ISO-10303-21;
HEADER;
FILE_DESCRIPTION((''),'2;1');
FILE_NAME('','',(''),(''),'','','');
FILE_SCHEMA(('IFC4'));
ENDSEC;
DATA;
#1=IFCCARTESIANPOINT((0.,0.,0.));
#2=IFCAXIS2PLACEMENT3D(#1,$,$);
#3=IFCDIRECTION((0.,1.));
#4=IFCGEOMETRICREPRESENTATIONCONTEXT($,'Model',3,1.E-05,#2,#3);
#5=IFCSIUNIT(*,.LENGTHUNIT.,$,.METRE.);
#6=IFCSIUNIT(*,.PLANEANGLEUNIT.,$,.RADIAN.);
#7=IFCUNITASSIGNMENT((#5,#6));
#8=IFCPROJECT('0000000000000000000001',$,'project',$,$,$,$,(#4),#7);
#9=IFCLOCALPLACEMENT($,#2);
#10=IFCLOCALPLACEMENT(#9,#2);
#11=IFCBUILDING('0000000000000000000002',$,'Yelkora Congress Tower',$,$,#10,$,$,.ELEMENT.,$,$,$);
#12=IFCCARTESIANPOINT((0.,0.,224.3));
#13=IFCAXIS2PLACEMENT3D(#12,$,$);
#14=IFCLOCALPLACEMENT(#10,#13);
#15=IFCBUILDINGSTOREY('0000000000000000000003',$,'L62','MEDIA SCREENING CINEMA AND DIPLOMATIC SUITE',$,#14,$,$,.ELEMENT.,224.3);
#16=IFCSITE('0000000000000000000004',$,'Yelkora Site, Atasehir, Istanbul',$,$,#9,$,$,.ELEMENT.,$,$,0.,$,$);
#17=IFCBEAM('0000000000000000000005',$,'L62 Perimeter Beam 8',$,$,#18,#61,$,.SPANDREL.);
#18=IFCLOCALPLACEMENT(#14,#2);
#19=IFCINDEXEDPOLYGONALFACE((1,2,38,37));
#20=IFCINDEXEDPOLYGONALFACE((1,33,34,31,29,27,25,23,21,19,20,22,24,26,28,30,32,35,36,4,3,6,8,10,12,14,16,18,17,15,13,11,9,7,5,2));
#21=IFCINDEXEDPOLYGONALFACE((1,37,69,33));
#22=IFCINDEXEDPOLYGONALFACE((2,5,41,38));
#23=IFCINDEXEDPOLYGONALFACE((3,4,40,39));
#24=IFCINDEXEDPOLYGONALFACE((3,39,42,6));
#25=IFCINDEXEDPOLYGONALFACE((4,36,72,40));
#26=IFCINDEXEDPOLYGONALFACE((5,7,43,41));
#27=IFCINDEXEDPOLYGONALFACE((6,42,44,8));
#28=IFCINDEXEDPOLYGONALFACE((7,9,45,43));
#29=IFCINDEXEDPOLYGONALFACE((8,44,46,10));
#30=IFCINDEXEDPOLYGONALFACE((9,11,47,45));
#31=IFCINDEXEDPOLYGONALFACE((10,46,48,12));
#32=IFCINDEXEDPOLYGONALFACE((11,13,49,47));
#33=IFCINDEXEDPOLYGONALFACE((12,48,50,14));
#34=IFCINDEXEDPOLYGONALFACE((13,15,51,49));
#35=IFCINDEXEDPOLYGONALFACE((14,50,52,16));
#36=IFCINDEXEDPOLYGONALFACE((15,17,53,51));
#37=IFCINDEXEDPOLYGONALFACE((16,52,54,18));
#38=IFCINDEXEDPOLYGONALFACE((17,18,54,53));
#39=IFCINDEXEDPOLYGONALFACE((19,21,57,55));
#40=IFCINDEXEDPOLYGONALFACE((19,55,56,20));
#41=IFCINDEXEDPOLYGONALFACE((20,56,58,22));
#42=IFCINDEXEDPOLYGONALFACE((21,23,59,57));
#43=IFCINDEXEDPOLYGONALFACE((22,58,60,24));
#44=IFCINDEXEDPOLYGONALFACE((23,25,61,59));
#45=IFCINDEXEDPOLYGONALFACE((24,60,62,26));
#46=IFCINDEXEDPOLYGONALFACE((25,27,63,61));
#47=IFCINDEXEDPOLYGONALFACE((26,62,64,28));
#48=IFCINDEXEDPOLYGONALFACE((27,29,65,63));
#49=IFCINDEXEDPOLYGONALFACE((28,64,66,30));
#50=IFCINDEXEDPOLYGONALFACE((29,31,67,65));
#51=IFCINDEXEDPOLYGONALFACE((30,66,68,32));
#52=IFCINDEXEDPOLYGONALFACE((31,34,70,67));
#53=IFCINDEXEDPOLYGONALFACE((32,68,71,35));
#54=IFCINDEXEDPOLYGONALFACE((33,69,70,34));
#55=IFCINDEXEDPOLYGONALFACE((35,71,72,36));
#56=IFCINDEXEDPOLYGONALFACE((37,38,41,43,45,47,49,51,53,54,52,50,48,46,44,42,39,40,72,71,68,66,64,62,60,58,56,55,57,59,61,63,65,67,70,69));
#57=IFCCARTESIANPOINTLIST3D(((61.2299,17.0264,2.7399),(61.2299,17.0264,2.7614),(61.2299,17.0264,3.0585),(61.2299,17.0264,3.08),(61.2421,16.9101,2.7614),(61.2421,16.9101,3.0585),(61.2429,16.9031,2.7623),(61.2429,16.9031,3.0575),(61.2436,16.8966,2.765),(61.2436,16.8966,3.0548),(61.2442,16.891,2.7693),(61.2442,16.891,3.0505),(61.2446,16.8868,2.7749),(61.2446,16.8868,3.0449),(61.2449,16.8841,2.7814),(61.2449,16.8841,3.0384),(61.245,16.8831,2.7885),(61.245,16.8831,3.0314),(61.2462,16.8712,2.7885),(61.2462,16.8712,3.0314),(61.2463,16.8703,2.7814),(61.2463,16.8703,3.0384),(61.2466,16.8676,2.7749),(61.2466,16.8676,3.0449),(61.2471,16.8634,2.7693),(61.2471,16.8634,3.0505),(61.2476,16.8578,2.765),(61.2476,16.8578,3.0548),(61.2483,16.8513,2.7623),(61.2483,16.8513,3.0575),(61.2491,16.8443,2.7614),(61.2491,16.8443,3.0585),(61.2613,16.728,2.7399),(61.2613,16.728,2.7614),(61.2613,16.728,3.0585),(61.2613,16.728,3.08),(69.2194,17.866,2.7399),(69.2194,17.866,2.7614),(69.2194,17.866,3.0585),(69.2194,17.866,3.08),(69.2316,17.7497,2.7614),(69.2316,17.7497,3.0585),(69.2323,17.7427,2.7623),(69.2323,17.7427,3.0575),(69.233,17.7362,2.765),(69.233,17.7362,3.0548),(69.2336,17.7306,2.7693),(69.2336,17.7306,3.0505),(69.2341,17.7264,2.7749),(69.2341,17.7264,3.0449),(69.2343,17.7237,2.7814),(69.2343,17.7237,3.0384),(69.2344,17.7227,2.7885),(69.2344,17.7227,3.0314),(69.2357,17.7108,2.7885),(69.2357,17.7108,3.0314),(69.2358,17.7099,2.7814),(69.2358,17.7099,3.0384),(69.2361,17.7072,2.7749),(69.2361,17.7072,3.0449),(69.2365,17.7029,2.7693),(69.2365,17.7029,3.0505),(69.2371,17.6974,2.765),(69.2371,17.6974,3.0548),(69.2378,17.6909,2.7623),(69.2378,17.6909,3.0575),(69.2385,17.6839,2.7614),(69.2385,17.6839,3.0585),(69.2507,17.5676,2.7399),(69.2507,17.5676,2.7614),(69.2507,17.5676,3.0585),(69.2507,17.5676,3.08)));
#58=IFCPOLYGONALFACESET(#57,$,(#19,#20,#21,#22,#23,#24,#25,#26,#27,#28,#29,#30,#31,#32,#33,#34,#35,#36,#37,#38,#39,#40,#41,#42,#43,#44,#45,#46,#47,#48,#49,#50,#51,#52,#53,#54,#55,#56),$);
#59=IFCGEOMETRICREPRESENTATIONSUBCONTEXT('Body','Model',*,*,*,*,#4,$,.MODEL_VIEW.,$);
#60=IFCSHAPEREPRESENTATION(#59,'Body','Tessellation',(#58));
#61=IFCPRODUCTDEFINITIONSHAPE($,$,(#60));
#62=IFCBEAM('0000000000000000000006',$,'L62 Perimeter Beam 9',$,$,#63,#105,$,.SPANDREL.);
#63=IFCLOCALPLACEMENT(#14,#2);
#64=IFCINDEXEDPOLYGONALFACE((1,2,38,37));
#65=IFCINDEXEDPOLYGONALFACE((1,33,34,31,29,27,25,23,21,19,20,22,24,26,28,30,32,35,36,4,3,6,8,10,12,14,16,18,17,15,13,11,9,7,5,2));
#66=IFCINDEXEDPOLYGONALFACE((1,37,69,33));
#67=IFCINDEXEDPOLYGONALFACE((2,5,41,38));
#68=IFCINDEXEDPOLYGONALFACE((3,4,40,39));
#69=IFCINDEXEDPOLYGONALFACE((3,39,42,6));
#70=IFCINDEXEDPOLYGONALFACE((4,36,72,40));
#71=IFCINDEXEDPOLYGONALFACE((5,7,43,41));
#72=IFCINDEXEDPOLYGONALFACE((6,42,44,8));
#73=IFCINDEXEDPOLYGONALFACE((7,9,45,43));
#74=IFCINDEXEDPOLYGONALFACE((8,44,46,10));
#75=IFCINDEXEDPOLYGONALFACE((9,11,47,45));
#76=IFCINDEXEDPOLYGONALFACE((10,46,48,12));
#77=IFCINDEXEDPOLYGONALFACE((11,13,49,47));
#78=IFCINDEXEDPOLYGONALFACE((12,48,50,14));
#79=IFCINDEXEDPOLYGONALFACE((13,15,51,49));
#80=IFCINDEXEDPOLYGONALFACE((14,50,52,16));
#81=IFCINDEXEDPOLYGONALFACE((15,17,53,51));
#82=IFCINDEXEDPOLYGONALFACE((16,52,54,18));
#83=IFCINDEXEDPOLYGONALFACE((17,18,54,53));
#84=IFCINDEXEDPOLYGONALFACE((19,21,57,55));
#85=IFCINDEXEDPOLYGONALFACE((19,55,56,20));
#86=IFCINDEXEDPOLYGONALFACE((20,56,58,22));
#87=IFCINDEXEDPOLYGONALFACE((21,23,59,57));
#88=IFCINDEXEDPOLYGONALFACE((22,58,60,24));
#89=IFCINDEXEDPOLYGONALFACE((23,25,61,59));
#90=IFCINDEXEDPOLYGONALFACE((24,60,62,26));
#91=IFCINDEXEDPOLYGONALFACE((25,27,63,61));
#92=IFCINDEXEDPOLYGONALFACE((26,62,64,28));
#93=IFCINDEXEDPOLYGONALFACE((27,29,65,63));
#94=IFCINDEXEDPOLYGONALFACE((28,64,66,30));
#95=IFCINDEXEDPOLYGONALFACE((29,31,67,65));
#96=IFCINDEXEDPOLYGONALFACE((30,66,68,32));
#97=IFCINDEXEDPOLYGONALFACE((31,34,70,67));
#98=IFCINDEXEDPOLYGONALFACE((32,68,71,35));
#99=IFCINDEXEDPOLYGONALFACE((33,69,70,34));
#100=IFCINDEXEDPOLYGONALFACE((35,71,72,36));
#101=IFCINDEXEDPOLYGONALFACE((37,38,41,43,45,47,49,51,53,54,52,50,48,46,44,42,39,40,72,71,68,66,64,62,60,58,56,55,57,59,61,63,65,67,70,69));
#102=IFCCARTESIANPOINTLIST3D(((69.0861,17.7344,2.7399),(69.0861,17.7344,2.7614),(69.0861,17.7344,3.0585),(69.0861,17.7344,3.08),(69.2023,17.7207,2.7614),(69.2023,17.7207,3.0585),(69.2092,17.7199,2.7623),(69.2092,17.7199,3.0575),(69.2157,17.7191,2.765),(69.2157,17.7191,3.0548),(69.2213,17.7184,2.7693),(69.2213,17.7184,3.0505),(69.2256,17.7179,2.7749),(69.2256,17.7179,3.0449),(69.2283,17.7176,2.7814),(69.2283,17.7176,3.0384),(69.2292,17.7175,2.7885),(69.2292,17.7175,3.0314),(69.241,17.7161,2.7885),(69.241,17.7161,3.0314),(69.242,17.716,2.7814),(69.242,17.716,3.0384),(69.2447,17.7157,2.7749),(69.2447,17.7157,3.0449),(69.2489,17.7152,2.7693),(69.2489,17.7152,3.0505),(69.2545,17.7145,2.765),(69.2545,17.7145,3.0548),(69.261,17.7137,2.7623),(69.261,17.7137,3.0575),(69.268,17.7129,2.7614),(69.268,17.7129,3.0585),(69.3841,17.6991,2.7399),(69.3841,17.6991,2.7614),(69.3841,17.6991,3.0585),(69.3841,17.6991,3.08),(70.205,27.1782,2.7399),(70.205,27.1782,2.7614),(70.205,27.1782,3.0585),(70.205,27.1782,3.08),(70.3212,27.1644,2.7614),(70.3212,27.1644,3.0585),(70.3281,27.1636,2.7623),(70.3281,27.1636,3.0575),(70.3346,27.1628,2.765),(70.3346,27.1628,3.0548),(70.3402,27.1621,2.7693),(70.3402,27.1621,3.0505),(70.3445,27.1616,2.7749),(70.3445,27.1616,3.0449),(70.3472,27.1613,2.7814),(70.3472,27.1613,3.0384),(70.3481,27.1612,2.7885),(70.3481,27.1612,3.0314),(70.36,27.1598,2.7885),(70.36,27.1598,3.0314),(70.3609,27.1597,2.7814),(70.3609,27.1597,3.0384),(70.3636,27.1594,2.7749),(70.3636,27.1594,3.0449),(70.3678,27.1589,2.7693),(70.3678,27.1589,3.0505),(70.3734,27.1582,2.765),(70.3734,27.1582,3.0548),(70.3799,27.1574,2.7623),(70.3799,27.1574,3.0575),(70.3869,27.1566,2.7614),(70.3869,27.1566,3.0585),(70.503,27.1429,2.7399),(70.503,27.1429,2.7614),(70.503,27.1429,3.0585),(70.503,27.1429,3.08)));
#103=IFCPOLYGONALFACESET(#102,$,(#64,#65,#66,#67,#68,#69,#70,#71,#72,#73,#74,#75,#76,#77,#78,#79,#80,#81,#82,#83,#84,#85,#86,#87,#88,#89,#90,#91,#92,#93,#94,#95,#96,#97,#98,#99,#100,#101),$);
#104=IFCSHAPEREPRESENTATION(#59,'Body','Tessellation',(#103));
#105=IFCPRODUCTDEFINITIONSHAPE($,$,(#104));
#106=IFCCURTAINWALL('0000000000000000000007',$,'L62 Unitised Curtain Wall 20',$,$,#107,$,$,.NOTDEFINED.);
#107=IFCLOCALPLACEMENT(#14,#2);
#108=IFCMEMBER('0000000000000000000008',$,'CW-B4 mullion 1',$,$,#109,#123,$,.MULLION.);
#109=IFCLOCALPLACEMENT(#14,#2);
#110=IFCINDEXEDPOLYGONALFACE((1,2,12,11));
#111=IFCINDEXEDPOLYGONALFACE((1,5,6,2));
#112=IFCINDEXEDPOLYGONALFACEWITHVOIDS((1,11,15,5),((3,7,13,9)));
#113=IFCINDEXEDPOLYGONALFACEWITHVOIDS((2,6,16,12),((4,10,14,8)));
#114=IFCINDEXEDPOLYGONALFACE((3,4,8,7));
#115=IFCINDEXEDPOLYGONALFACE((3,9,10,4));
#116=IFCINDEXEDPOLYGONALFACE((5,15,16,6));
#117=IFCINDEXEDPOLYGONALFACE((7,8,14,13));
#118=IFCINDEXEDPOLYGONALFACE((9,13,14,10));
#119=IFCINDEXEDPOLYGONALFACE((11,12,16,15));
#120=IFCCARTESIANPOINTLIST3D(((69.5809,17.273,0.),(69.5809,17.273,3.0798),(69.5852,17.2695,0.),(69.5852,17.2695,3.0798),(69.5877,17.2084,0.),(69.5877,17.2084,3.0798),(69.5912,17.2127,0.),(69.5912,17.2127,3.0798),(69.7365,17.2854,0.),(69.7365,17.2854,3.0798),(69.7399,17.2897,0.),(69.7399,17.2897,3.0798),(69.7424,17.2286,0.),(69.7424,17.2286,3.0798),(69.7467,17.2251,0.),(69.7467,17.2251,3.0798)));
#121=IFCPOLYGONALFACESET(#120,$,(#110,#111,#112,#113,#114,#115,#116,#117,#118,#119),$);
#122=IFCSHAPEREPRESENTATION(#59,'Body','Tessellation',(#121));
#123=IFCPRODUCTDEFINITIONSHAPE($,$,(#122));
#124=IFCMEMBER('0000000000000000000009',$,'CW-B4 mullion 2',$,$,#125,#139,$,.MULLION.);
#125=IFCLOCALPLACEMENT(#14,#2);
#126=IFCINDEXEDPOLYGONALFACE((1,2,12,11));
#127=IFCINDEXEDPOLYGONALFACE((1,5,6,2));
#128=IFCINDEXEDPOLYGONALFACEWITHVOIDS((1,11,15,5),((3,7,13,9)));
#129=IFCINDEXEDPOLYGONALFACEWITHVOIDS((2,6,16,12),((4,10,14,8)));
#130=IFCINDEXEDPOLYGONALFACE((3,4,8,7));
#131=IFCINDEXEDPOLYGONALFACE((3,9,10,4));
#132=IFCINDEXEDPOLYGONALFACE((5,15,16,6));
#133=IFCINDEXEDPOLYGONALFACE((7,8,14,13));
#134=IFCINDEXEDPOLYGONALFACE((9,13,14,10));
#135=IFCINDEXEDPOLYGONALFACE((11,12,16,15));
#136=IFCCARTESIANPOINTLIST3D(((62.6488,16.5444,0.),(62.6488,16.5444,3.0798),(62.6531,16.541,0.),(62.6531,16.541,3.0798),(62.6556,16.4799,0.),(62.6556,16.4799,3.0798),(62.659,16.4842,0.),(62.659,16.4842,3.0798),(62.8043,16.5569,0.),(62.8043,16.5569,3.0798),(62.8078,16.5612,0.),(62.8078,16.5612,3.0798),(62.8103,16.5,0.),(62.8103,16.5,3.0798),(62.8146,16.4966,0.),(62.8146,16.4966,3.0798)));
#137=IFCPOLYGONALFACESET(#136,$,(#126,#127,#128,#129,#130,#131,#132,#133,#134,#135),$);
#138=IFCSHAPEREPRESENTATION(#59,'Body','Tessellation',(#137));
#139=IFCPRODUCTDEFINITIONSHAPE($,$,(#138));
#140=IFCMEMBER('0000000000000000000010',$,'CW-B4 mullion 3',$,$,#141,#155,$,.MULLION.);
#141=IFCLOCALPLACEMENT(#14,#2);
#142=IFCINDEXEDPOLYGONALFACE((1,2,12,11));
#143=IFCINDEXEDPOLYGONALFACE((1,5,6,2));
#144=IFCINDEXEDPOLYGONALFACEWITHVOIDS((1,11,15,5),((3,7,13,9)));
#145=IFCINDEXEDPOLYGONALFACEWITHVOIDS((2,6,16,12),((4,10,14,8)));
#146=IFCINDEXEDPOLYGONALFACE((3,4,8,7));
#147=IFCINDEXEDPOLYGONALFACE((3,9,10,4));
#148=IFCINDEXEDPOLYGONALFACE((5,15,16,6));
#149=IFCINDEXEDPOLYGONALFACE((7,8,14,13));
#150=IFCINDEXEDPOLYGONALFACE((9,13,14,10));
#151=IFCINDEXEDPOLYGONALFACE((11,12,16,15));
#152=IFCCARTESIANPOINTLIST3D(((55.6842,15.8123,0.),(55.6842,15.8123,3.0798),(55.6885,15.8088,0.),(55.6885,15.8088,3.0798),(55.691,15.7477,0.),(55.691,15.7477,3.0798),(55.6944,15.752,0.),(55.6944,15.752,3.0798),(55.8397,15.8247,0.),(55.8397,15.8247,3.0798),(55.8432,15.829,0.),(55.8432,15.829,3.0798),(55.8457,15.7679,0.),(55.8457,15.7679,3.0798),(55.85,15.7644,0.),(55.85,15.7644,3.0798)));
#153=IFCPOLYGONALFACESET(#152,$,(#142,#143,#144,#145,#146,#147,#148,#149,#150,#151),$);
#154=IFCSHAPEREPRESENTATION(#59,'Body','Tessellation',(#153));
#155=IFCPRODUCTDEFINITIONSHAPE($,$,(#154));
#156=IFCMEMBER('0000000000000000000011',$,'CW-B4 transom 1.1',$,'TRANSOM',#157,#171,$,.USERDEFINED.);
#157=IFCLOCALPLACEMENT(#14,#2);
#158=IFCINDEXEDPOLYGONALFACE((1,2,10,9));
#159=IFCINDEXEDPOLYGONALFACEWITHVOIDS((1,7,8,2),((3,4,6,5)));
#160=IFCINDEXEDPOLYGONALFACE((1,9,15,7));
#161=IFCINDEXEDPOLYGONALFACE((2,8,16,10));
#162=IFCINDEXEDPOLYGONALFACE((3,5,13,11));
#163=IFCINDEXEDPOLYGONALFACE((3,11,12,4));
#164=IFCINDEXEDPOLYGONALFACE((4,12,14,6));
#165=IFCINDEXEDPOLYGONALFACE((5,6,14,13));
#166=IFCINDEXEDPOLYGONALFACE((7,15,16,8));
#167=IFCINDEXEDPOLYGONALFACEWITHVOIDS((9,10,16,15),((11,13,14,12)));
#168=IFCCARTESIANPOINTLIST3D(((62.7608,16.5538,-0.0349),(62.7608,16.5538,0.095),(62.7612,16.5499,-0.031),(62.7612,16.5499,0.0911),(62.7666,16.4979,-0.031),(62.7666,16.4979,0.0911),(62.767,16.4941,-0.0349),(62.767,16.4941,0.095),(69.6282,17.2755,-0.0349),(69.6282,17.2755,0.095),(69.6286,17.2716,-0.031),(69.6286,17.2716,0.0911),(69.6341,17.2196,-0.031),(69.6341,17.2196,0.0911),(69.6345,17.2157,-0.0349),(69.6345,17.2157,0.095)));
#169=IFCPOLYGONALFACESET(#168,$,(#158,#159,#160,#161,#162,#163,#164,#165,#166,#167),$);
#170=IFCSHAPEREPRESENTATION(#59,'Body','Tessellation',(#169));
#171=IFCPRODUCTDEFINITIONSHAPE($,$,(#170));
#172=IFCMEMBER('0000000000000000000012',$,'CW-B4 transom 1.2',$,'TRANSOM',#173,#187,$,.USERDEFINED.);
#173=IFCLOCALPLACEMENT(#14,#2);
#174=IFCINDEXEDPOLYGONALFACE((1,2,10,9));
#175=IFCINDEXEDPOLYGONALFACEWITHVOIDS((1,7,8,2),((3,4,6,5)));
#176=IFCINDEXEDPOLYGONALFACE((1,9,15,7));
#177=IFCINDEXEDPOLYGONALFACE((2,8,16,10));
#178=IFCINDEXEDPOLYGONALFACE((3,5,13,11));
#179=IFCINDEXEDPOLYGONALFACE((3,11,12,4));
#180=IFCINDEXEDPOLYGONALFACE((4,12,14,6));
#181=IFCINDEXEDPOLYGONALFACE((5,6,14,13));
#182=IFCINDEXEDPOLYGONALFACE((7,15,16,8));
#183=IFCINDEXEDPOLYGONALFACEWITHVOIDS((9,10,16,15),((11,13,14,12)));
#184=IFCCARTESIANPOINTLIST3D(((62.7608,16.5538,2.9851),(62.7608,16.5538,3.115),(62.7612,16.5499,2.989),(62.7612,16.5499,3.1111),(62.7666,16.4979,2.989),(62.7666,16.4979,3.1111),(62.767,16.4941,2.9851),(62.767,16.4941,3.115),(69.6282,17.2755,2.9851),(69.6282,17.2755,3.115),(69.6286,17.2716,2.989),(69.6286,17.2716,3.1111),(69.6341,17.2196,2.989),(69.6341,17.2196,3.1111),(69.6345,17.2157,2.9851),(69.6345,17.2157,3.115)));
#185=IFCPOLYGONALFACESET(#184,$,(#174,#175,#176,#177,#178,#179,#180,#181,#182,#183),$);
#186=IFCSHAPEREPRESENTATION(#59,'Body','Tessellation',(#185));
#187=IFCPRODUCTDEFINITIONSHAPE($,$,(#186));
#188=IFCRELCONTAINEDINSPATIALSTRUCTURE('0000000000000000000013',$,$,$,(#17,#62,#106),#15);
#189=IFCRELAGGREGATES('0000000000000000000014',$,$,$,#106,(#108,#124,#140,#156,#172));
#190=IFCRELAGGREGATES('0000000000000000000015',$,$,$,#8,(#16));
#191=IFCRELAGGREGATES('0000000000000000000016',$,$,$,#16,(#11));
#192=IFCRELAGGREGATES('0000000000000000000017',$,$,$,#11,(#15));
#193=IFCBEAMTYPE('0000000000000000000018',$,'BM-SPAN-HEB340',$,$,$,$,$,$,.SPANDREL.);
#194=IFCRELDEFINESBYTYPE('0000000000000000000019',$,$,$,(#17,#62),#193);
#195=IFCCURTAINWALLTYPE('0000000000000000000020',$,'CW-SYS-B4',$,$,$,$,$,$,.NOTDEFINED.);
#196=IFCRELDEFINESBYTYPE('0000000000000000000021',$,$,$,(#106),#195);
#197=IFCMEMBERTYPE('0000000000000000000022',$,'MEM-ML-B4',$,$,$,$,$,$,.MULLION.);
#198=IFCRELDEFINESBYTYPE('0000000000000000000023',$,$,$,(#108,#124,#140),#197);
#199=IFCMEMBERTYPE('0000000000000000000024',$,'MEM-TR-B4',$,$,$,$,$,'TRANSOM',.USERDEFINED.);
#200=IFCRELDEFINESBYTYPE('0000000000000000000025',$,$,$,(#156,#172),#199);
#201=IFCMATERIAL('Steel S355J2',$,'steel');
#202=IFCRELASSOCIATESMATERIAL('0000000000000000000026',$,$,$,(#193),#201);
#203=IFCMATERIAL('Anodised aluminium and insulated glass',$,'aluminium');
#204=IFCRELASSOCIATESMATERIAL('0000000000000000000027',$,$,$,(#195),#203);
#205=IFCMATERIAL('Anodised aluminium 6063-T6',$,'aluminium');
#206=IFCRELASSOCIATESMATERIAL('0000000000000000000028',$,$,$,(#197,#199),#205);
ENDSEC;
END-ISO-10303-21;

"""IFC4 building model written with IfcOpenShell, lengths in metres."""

from ifc_helpers import new_model, si_unit, direction, frame, origin, origin_2d, place, context, subcontext, project, spatial, hollow_rectangle, i_section, extrude, material, material_profile, profile_set, type_object, element, aggregate, save


model = new_model("IFC4")

# Units and contexts
model_context = context("Model", 3, precision=1e-05, world=origin(), true_north=direction((0.0, 1.0)))
body_context = subcontext(model_context, "Body", "Model", "MODEL_VIEW")
ifc_project = project(units=[si_unit("LENGTHUNIT", "METRE"), si_unit("PLANEANGLEUNIT", "RADIAN")], contexts=[model_context])

# Site, building, storey
site_placement = place(None, origin())
site = spatial("IfcSite", under=ifc_project, at=site_placement, Name="Yelkora Site, Atasehir, Istanbul", CompositionType="ELEMENT", RefElevation=0.0)
building_placement = place(site_placement, origin())
building = spatial("IfcBuilding", under=site, at=building_placement, Name="Yelkora Congress Tower", CompositionType="ELEMENT")
storey_placement = place(building_placement, frame((0.0, 0.0, 224.3)))
storey = spatial("IfcBuildingStorey", under=building, at=storey_placement, Name="L62", Description="MEDIA SCREENING CINEMA AND DIPLOMATIC SUITE", CompositionType="ELEMENT", Elevation=224.3)

# Shared definitions
ifc_material_1 = material(Name="Steel S355J2", Category="steel")

# Beams
ifc_material_profile_1 = material_profile(ifc_material_1, i_section(OverallWidth=0.3, OverallDepth=0.3401, WebThickness=0.012, FlangeThickness=0.0215, FilletRadius=0.0271, at=origin_2d()), Name="HEB 340")
ifc_profile_set_1 = profile_set([ifc_material_profile_1], Name="Steel S355J2")
beam_type_1 = type_object("IfcBeamType", Name="BM-SPAN-HEB340", PredefinedType="SPANDREL", material=ifc_profile_set_1)
beam_1_placement = place(storey_placement, frame((61.2456, 16.8772, 2.9099), z_axis=(0.994524, 0.104512, 0.0), x_axis=(-0.104512, 0.994524, 0.0)))
element("IfcBeam", 1, at=beam_1_placement, inside=storey, type_object=beam_type_1, Name="L62 Perimeter Beam 8", PredefinedType="SPANDREL", context=body_context, shape_type="SweptSolid", body=[
    extrude(i_section(OverallWidth=0.3, OverallDepth=0.3401, WebThickness=0.012, FlangeThickness=0.0215, FilletRadius=0.0271, at=origin_2d()), origin(), (0.0, 0.0, 1.0), 8.0334),
])
beam_2_placement = place(storey_placement, frame((69.2351, 17.7168, 2.9099), z_axis=(0.117659, 0.993054, 0.0), x_axis=(-0.993054, 0.117659, 0.0)))
element("IfcBeam", 2, at=beam_2_placement, inside=storey, type_object=beam_type_1, Name="L62 Perimeter Beam 9", PredefinedType="SPANDREL", context=body_context, shape_type="SweptSolid", body=[
    extrude(i_section(OverallWidth=0.3, OverallDepth=0.3401, WebThickness=0.012, FlangeThickness=0.0215, FilletRadius=0.0271, at=origin_2d()), origin(), (0.0, 0.0, 1.0), 9.5098),
])

# Curtain wall, members
ifc_material_2 = material(Name="Anodised aluminium and insulated glass", Category="aluminium")
curtain_wall_type = type_object("IfcCurtainWallType", Name="CW-SYS-B4", PredefinedType="NOTDEFINED", material=ifc_material_2)
curtain_wall_placement = place(storey_placement, origin())
curtain_wall = element("IfcCurtainWall", 3, at=curtain_wall_placement, inside=storey, type_object=curtain_wall_type, Name="L62 Unitised Curtain Wall 20", PredefinedType="NOTDEFINED")
ifc_material_3 = material(Name="Anodised aluminium 6063-T6", Category="aluminium")
ifc_material_profile_2 = material_profile(ifc_material_3, hollow_rectangle(XDim=0.0649, YDim=0.1599, WallThickness=0.0039, at=origin_2d()), Name="ALU 65x160x4")
ifc_profile_set_2 = profile_set([ifc_material_profile_2], Name="Anodised aluminium 6063-T6")
member_type_1 = type_object("IfcMemberType", Name="MEM-ML-B4", PredefinedType="MULLION", material=ifc_profile_set_2)
member_1_placement = place(storey_placement, frame((69.6638, 17.249, 0.0), z_axis=(0.0, 0.0, 1.0), x_axis=(0.104527, -0.994522, 0.0)))
member_1 = element("IfcMember", 4, at=member_1_placement, type_object=member_type_1, Name="CW-B4 mullion 1", PredefinedType="MULLION", context=body_context, shape_type="SweptSolid", body=[
    extrude(hollow_rectangle(XDim=0.0649, YDim=0.1599, WallThickness=0.0039, at=origin_2d()), origin(), (0.0, 0.0, 1.0), 3.0798),
])
member_2_placement = place(storey_placement, frame((62.7317, 16.5205, 0.0), z_axis=(0.0, 0.0, 1.0), x_axis=(0.104527, -0.994522, 0.0)))
member_2 = element("IfcMember", 5, at=member_2_placement, type_object=member_type_1, Name="CW-B4 mullion 2", PredefinedType="MULLION", context=body_context, shape_type="SweptSolid", body=[
    extrude(hollow_rectangle(XDim=0.0649, YDim=0.1599, WallThickness=0.0039, at=origin_2d()), origin(), (0.0, 0.0, 1.0), 3.0798),
])
member_3_placement = place(storey_placement, frame((55.7671, 15.7883, 0.0), z_axis=(0.0, 0.0, 1.0), x_axis=(0.104527, -0.994522, 0.0)))
member_3 = element("IfcMember", 6, at=member_3_placement, type_object=member_type_1, Name="CW-B4 mullion 3", PredefinedType="MULLION", context=body_context, shape_type="SweptSolid", body=[
    extrude(hollow_rectangle(XDim=0.0649, YDim=0.1599, WallThickness=0.0039, at=origin_2d()), origin(), (0.0, 0.0, 1.0), 3.0798),
])
ifc_material_profile_3 = material_profile(ifc_material_3, hollow_rectangle(XDim=0.0601, YDim=0.1299, WallThickness=0.0039, at=origin_2d()), Name="ALU 60x130x4")
ifc_profile_set_3 = profile_set([ifc_material_profile_3], Name="Anodised aluminium 6063-T6")
member_type_2 = type_object("IfcMemberType", Name="MEM-TR-B4", ElementType="TRANSOM", PredefinedType="USERDEFINED", material=ifc_profile_set_3)
member_4_placement = place(storey_placement, frame((69.6313, 17.2456, 0.03), z_axis=(-0.994524, -0.104512, 0.0), x_axis=(0.104512, -0.994524, 0.0)))
member_4 = element("IfcMember", 7, at=member_4_placement, type_object=member_type_2, Name="CW-B4 transom 1.1", ObjectType="TRANSOM", PredefinedType="USERDEFINED", context=body_context, shape_type="SweptSolid", body=[
    extrude(hollow_rectangle(XDim=0.0601, YDim=0.1299, WallThickness=0.0039, at=origin_2d()), origin(), (0.0, 0.0, 1.0), 6.9053),
])
member_5_placement = place(storey_placement, frame((69.6313, 17.2456, 3.05), z_axis=(-0.994524, -0.104512, 0.0), x_axis=(0.104512, -0.994524, 0.0)))
member_5 = element("IfcMember", 8, at=member_5_placement, type_object=member_type_2, Name="CW-B4 transom 1.2", ObjectType="TRANSOM", PredefinedType="USERDEFINED", context=body_context, shape_type="SweptSolid", body=[
    extrude(hollow_rectangle(XDim=0.0601, YDim=0.1299, WallThickness=0.0039, at=origin_2d()), origin(), (0.0, 0.0, 1.0), 6.9053),
])
aggregate(curtain_wall, [member_1, member_2, member_3, member_4, member_5])

save(model, "model.ifc")
